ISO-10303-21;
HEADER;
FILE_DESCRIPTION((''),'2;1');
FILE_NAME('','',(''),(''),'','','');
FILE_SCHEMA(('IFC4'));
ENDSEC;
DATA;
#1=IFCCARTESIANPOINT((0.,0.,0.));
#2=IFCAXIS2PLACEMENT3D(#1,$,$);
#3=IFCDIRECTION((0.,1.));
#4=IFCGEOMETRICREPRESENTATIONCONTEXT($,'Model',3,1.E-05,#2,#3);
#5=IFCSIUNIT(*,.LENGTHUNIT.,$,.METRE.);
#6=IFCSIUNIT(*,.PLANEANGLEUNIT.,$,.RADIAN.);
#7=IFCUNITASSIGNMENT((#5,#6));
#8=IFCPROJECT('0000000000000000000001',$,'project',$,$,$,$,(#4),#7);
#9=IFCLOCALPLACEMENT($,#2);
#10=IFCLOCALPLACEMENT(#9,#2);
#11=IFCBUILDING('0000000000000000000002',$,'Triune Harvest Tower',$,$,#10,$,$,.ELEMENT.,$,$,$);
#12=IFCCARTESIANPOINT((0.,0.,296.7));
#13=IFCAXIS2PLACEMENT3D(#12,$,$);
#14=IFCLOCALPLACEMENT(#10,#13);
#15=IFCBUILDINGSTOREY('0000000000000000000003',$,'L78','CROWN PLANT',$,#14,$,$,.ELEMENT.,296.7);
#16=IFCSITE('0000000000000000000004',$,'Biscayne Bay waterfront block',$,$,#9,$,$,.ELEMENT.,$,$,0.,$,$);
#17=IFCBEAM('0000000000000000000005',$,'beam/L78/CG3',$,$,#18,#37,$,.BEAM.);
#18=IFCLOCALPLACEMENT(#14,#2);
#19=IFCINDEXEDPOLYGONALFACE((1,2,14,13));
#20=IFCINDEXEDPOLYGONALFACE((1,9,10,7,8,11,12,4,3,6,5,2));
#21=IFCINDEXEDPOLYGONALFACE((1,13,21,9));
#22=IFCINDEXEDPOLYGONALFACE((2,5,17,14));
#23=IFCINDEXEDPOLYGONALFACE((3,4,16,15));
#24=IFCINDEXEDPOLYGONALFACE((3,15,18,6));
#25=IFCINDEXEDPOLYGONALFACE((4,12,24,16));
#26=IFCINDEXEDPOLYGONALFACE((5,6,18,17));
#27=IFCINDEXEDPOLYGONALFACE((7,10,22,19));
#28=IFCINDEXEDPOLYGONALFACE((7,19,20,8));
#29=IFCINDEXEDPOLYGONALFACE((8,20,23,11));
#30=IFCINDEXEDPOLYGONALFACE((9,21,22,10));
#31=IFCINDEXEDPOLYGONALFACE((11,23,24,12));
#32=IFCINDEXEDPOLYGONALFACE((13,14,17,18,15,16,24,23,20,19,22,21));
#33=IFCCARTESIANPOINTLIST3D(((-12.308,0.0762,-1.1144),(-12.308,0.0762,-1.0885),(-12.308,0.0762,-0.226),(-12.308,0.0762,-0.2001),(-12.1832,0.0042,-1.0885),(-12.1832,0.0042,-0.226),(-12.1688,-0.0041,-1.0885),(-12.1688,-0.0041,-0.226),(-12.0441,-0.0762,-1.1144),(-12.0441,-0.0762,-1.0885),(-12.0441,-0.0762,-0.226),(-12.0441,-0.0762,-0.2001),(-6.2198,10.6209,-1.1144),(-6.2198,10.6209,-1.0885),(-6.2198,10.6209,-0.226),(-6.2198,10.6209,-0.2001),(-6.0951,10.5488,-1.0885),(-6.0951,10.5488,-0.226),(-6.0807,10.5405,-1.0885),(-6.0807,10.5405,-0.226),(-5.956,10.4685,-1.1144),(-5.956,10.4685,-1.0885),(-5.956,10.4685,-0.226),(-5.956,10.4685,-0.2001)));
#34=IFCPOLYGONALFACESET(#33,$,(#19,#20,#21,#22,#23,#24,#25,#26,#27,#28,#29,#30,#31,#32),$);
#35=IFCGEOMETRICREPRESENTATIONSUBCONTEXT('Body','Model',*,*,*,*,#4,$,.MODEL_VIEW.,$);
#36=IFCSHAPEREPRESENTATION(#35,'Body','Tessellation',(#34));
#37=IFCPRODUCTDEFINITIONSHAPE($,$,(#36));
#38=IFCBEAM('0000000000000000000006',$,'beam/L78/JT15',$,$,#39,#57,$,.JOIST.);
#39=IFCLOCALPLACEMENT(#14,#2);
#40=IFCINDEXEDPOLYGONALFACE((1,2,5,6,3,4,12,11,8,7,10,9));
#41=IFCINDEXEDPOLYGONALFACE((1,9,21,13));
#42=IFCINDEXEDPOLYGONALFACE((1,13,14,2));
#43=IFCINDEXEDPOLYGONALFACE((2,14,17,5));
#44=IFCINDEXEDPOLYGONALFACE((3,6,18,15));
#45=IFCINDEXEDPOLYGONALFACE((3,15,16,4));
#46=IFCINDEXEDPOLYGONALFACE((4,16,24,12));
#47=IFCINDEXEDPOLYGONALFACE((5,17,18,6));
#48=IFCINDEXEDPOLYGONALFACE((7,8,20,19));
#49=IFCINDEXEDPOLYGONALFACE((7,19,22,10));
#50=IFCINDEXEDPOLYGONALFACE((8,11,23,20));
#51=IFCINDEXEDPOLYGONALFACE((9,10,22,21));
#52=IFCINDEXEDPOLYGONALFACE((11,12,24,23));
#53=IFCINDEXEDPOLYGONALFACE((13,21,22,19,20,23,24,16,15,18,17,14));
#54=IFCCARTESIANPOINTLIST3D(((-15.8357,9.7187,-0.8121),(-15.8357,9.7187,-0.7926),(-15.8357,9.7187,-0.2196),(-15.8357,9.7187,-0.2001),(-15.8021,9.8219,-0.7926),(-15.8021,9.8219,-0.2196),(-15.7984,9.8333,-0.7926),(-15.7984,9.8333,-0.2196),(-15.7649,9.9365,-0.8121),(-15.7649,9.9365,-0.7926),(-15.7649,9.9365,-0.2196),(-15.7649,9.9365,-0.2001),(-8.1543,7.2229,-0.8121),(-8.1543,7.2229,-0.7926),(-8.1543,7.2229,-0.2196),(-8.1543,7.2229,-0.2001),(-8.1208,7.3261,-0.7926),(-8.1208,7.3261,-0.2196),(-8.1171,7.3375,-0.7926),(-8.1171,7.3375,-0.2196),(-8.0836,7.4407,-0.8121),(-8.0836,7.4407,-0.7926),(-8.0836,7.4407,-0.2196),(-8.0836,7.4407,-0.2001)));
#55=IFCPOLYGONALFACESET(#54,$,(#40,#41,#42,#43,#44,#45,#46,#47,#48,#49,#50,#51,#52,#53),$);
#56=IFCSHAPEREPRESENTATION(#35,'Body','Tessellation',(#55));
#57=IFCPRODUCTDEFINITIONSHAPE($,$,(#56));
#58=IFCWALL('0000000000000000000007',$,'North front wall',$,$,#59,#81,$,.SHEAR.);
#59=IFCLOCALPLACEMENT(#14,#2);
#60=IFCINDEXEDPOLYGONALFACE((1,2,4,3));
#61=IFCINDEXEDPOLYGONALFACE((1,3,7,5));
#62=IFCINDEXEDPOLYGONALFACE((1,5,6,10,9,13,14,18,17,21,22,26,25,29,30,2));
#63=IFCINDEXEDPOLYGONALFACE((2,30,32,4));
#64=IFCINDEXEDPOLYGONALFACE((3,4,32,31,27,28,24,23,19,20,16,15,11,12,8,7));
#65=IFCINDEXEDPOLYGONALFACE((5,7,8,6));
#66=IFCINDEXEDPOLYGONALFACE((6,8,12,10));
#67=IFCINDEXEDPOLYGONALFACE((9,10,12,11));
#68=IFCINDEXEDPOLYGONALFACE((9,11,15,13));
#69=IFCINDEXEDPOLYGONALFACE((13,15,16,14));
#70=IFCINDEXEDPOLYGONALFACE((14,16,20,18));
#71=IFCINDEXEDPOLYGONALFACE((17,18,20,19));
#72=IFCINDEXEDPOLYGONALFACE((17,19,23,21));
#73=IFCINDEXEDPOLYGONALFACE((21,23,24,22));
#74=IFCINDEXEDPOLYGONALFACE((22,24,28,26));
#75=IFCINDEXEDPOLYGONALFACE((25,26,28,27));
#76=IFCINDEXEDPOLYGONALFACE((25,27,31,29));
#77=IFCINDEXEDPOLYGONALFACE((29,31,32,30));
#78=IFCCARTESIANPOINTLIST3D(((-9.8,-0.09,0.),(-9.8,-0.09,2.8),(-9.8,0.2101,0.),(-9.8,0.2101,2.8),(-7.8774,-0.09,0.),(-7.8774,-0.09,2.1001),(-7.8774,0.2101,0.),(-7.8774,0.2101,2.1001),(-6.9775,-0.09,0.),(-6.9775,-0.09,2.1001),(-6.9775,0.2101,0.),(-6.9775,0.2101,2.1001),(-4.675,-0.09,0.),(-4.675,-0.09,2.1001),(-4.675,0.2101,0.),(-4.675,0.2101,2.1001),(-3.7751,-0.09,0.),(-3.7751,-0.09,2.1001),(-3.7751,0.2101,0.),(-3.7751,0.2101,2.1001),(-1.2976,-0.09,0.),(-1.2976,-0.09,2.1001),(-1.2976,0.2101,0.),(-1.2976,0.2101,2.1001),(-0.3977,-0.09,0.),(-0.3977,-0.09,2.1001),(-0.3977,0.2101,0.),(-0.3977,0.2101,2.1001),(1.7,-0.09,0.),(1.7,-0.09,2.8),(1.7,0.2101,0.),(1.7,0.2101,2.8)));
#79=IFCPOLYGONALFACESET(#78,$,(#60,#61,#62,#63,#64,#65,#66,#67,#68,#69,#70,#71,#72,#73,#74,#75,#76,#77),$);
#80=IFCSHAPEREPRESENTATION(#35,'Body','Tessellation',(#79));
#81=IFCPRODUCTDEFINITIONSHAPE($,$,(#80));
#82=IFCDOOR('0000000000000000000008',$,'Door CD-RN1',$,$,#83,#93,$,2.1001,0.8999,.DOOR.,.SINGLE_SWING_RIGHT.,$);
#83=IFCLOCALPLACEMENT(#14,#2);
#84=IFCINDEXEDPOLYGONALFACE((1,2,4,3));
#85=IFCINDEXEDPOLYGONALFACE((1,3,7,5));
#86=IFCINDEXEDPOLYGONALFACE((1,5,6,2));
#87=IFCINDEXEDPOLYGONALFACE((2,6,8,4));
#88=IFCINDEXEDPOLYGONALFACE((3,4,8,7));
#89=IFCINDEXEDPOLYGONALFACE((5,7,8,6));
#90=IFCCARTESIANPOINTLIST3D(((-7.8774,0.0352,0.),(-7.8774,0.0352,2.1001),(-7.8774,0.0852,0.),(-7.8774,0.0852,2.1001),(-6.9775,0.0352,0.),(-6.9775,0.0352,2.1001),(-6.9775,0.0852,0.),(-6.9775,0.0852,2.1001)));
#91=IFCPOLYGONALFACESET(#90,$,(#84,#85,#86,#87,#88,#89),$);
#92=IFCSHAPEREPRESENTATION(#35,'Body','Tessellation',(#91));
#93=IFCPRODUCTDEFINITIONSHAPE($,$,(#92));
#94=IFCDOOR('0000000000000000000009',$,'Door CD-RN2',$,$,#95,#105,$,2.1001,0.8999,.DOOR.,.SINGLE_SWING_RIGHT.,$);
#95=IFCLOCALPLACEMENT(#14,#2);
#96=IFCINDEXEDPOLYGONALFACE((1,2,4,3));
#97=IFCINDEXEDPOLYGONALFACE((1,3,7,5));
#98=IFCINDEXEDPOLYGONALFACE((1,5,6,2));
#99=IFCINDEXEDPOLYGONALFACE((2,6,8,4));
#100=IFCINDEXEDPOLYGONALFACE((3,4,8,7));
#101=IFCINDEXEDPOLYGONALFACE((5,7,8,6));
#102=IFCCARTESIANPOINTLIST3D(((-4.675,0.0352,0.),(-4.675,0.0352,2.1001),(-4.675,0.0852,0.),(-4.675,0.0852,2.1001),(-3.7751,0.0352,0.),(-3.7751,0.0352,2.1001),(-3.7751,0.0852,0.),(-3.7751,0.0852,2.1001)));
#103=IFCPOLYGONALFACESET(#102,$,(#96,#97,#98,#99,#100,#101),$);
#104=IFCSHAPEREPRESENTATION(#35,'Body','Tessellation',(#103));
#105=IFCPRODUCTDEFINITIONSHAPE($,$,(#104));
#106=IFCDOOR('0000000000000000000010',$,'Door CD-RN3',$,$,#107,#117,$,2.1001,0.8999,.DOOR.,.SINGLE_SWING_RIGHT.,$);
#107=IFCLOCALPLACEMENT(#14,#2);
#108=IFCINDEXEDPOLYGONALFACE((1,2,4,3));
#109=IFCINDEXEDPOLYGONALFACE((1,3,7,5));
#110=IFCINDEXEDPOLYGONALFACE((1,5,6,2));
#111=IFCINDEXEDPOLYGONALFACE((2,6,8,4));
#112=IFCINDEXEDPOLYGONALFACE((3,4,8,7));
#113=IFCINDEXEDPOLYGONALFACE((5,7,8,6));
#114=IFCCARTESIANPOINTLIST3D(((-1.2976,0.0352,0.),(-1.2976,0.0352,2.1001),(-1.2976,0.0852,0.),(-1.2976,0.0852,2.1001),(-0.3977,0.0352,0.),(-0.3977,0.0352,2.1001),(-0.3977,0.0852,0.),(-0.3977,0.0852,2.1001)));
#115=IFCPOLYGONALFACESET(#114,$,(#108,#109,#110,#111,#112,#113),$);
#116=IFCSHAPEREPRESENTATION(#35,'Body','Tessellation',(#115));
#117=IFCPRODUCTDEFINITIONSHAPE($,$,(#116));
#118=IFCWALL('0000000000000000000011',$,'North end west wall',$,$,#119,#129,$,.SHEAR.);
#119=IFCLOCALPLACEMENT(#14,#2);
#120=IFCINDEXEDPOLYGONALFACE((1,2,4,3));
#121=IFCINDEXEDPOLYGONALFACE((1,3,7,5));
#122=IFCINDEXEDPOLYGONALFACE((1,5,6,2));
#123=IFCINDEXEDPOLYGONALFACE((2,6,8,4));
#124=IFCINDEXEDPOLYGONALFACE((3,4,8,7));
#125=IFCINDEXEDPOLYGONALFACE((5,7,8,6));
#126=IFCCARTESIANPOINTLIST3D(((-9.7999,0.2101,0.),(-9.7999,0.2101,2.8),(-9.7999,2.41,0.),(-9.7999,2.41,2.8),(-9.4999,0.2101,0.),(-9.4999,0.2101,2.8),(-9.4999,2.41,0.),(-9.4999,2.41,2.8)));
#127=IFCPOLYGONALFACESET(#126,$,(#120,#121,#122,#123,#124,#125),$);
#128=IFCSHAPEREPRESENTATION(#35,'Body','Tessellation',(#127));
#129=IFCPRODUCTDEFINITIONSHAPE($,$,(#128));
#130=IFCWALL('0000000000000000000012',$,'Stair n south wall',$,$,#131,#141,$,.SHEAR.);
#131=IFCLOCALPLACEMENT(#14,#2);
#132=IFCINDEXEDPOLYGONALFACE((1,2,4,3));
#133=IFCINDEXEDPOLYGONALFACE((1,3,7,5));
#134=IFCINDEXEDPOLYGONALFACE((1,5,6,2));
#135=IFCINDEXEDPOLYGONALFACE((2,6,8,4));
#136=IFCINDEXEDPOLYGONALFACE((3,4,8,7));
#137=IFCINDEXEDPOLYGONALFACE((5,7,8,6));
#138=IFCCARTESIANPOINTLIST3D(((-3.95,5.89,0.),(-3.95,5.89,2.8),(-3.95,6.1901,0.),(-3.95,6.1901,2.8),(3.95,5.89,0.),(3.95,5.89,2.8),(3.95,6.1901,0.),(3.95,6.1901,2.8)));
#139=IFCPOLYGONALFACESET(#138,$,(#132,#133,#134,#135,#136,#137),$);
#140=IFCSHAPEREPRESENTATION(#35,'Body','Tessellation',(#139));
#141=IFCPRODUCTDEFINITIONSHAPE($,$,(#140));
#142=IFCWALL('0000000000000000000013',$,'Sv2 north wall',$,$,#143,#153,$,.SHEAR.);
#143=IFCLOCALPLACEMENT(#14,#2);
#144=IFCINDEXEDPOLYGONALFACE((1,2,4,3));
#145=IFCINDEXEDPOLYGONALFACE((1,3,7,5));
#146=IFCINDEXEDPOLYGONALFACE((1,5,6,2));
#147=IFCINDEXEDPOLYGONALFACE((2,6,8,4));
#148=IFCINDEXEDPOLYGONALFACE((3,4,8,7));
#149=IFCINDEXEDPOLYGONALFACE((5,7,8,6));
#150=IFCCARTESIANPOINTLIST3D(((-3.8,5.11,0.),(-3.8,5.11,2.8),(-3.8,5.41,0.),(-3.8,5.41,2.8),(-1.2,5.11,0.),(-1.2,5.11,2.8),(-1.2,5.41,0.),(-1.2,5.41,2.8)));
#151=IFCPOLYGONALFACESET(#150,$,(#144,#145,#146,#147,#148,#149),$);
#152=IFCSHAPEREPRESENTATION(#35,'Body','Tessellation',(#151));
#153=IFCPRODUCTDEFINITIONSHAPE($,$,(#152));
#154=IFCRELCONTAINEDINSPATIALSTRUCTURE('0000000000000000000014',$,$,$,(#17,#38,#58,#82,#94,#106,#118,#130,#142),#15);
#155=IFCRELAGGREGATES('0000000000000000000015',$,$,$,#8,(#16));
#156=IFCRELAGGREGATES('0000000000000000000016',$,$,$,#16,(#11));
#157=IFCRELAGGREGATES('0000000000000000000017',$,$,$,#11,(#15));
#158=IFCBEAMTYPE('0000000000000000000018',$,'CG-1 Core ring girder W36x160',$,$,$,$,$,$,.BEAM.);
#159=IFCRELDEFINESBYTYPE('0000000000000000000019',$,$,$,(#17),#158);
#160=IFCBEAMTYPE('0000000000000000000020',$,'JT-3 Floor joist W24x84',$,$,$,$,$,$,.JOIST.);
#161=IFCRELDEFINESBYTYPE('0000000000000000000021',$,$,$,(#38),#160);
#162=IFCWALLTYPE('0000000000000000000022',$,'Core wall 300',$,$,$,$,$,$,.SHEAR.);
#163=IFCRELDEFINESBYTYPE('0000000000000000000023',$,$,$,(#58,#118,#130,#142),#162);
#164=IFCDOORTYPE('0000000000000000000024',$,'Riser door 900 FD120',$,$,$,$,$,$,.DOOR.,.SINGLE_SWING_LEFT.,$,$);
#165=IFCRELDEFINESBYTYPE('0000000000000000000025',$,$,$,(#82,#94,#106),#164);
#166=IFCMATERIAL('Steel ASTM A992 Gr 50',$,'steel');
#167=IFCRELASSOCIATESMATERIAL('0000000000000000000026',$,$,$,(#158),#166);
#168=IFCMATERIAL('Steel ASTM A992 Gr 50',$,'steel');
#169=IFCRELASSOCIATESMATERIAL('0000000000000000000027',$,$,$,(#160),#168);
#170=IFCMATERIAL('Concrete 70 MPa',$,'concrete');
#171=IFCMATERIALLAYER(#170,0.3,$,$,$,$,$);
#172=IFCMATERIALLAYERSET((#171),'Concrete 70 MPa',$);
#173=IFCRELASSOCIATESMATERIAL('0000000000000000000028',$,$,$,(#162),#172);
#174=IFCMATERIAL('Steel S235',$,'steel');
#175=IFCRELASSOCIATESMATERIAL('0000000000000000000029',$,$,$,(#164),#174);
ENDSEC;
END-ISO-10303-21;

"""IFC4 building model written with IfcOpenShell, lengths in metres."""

from ifc_helpers import new_model, si_unit, direction, frame, frame_2d, origin, origin_2d, place, context, subcontext, project, spatial, rectangle, i_section, extrude, source, transform, mapped, material, layer, layer_set, material_profile, profile_set, type_object, element, fill, save


model = new_model("IFC4")

# Units and contexts
model_context = context("Model", 3, precision=1e-05, world=origin(), true_north=direction((0.0, 1.0)))
body_context = subcontext(model_context, "Body", "Model", "MODEL_VIEW")
ifc_project = project(units=[si_unit("LENGTHUNIT", "METRE"), si_unit("PLANEANGLEUNIT", "RADIAN")], contexts=[model_context])

# Site, building, storey
site_placement = place(None, origin())
site = spatial("IfcSite", under=ifc_project, at=site_placement, Name="Biscayne Bay waterfront block", CompositionType="ELEMENT", RefElevation=0.0)
building_placement = place(site_placement, origin())
building = spatial("IfcBuilding", under=site, at=building_placement, Name="Triune Harvest Tower", CompositionType="ELEMENT")
storey_placement = place(building_placement, frame((0.0, 0.0, 296.7)))
storey = spatial("IfcBuildingStorey", under=building, at=storey_placement, Name="L78", Description="CROWN PLANT", CompositionType="ELEMENT", Elevation=296.7)

# Beams
ifc_material_1 = material(Name="Steel ASTM A992 Gr 50", Category="steel")
ifc_material_profile_1 = material_profile(ifc_material_1, i_section(OverallWidth=0.3047, OverallDepth=0.9143, WebThickness=0.0166, FlangeThickness=0.0259, at=origin_2d()), Name="W36x160")
ifc_profile_set_1 = profile_set([ifc_material_profile_1], Name="Steel ASTM A992 Gr 50")
beam_type_1 = type_object("IfcBeamType", Name="CG-1 Core ring girder W36x160", PredefinedType="BEAM", material=ifc_profile_set_1)
shared_shape_1 = source(origin(), body_context, "Body", "SweptSolid", [
    extrude(i_section(OverallWidth=0.3047, OverallDepth=0.9143, WebThickness=0.0166, FlangeThickness=0.0259, at=origin_2d()), origin(), (0.0, 0.0, 1.0), 12.176),
])
beam_1_placement = place(storey_placement, frame((-6.0879, 10.5447, -0.6572), z_axis=(-0.50001, -0.86602, 0.0), x_axis=(0.86602, -0.50001, 0.0)))
element("IfcBeam", 1, at=beam_1_placement, inside=storey, type_object=beam_type_1, Name="beam/L78/CG3", PredefinedType="BEAM", context=body_context, shape_type="MappedRepresentation", body=[
    mapped(shared_shape_1, transform((0.0, 0.0, 0.0), scale=1.0)),
])
ifc_material_2 = material(Name="Steel ASTM A992 Gr 50", Category="steel")
ifc_material_profile_2 = material_profile(ifc_material_2, i_section(OverallWidth=0.229, OverallDepth=0.6121, WebThickness=0.012, FlangeThickness=0.0195, at=origin_2d()), Name="W24x84")
ifc_profile_set_2 = profile_set([ifc_material_profile_2], Name="Steel ASTM A992 Gr 50")
beam_type_2 = type_object("IfcBeamType", Name="JT-3 Floor joist W24x84", PredefinedType="JOIST", material=ifc_profile_set_2)
shared_shape_2 = source(origin(), body_context, "Body", "SweptSolid", [
    extrude(i_section(OverallWidth=0.229, OverallDepth=0.6121, WebThickness=0.012, FlangeThickness=0.0195, at=origin_2d()), origin(), (0.0, 0.0, 1.0), 8.0767),
])
beam_2_placement = place(storey_placement, frame((-15.8003, 9.8276, -0.5061), z_axis=(0.951056, -0.309018, 0.0), x_axis=(0.309018, 0.951056, 0.0)))
element("IfcBeam", 2, at=beam_2_placement, inside=storey, type_object=beam_type_2, Name="beam/L78/JT15", PredefinedType="JOIST", context=body_context, shape_type="MappedRepresentation", body=[
    mapped(shared_shape_2, transform((0.0, 0.0, 0.0), scale=1.0)),
])

# Wall, openings, doors
ifc_material_3 = material(Name="Concrete 70 MPa", Category="concrete")
ifc_layer_1 = layer(ifc_material_3, 0.3)
ifc_layer_set_1 = layer_set([ifc_layer_1], Name="Concrete 70 MPa")
wall_type_1 = type_object("IfcWallType", Name="Core wall 300", PredefinedType="SHEAR", material=ifc_layer_set_1)
wall_1_placement = place(storey_placement, frame((-9.8, 0.0601, 0.0), z_axis=(0.0, 0.0, 1.0), x_axis=(1.0, 0.0, 0.0)))
wall_1 = element("IfcWall", 3, at=wall_1_placement, inside=storey, type_object=wall_type_1, Name="North front wall", PredefinedType="SHEAR", context=body_context, shape_type="SweptSolid", body=[
    extrude(rectangle(XDim=11.5, YDim=0.3, at=frame_2d((5.75, 0.0))), origin(), (0.0, 0.0, 1.0), 2.8),
])
opening_1_placement = place(wall_1_placement, frame((1.9226, 0.0, 0.0)))
opening_1 = element("IfcOpeningElement", 4, at=opening_1_placement, cuts=wall_1, PredefinedType="OPENING", context=body_context, shape_type="SweptSolid", body=[
    extrude(rectangle(XDim=0.8999, YDim=2.1001, at=frame_2d((0.45, 1.05))), frame((0.0, 0.1602, 0.0), z_axis=(0.0, -1.0, 0.0), x_axis=(1.0, 0.0, 0.0)), (0.0, 0.0, 1.0), 0.3201),
])
opening_2_placement = place(wall_1_placement, frame((5.125, 0.0, 0.0)))
opening_2 = element("IfcOpeningElement", 5, at=opening_2_placement, cuts=wall_1, PredefinedType="OPENING", context=body_context, shape_type="SweptSolid", body=[
    extrude(rectangle(XDim=0.8999, YDim=2.1001, at=frame_2d((0.45, 1.05))), frame((0.0, 0.1602, 0.0), z_axis=(0.0, -1.0, 0.0), x_axis=(1.0, 0.0, 0.0)), (0.0, 0.0, 1.0), 0.3201),
])
opening_3_placement = place(wall_1_placement, frame((8.5024, 0.0, 0.0)))
opening_3 = element("IfcOpeningElement", 6, at=opening_3_placement, cuts=wall_1, PredefinedType="OPENING", context=body_context, shape_type="SweptSolid", body=[
    extrude(rectangle(XDim=0.8999, YDim=2.1001, at=frame_2d((0.45, 1.05))), frame((0.0, 0.1602, 0.0), z_axis=(0.0, -1.0, 0.0), x_axis=(1.0, 0.0, 0.0)), (0.0, 0.0, 1.0), 0.3201),
])
ifc_material_4 = material(Name="Steel S235", Category="steel")
door_type_1 = type_object("IfcDoorType", Name="Riser door 900 FD120", OperationType="SINGLE_SWING_LEFT", PredefinedType="DOOR", material=ifc_material_4)
door_1_placement = place(opening_1_placement, frame((0.8999, 0.0, 0.0), z_axis=(0.0, 0.0, 1.0), x_axis=(-1.0, 0.0, 0.0)))
door_1 = element("IfcDoor", 7, at=door_1_placement, inside=storey, type_object=door_type_1, Name="Door CD-RN1", OperationType="SINGLE_SWING_RIGHT", OverallHeight=2.1001, OverallWidth=0.8999, PredefinedType="DOOR", context=body_context, shape_type="SweptSolid", body=[
    extrude(rectangle(XDim=0.8999, YDim=2.1001, at=frame_2d((0.45, 1.05))), frame((0.0, 0.0249, 0.0), z_axis=(0.0, -1.0, 0.0), x_axis=(1.0, 0.0, 0.0)), (0.0, 0.0, 1.0), 0.05),
])
fill(opening_1, door_1)
door_2_placement = place(opening_2_placement, frame((0.8999, 0.0, 0.0), z_axis=(0.0, 0.0, 1.0), x_axis=(-1.0, 0.0, 0.0)))
door_2 = element("IfcDoor", 8, at=door_2_placement, inside=storey, type_object=door_type_1, Name="Door CD-RN2", OperationType="SINGLE_SWING_RIGHT", OverallHeight=2.1001, OverallWidth=0.8999, PredefinedType="DOOR", context=body_context, shape_type="SweptSolid", body=[
    extrude(rectangle(XDim=0.8999, YDim=2.1001, at=frame_2d((0.45, 1.05))), frame((0.0, 0.0249, 0.0), z_axis=(0.0, -1.0, 0.0), x_axis=(1.0, 0.0, 0.0)), (0.0, 0.0, 1.0), 0.05),
])
fill(opening_2, door_2)
door_3_placement = place(opening_3_placement, frame((0.8999, 0.0, 0.0), z_axis=(0.0, 0.0, 1.0), x_axis=(-1.0, 0.0, 0.0)))
door_3 = element("IfcDoor", 9, at=door_3_placement, inside=storey, type_object=door_type_1, Name="Door CD-RN3", OperationType="SINGLE_SWING_RIGHT", OverallHeight=2.1001, OverallWidth=0.8999, PredefinedType="DOOR", context=body_context, shape_type="SweptSolid", body=[
    extrude(rectangle(XDim=0.8999, YDim=2.1001, at=frame_2d((0.45, 1.05))), frame((0.0, 0.0249, 0.0), z_axis=(0.0, -1.0, 0.0), x_axis=(1.0, 0.0, 0.0)), (0.0, 0.0, 1.0), 0.05),
])
fill(opening_3, door_3)

# Walls
wall_2_placement = place(storey_placement, frame((-9.6499, 0.21, 0.0), z_axis=(0.0, 0.0, 1.0), x_axis=(0.0, 1.0, 0.0)))
element("IfcWall", 10, at=wall_2_placement, inside=storey, type_object=wall_type_1, Name="North end west wall", PredefinedType="SHEAR", context=body_context, shape_type="SweptSolid", body=[
    extrude(rectangle(XDim=2.2, YDim=0.3, at=frame_2d((1.1001, 0.0))), origin(), (0.0, 0.0, 1.0), 2.8),
])
wall_3_placement = place(storey_placement, frame((-3.95, 6.04, 0.0), z_axis=(0.0, 0.0, 1.0), x_axis=(1.0, 0.0, 0.0)))
element("IfcWall", 11, at=wall_3_placement, inside=storey, type_object=wall_type_1, Name="Stair n south wall", PredefinedType="SHEAR", context=body_context, shape_type="SweptSolid", body=[
    extrude(rectangle(XDim=7.8999, YDim=0.3, at=frame_2d((3.95, 0.0))), origin(), (0.0, 0.0, 1.0), 2.8),
])
wall_4_placement = place(storey_placement, frame((-3.8, 5.26, 0.0), z_axis=(0.0, 0.0, 1.0), x_axis=(1.0, 0.0, 0.0)))
element("IfcWall", 12, at=wall_4_placement, inside=storey, type_object=wall_type_1, Name="Sv2 north wall", PredefinedType="SHEAR", context=body_context, shape_type="SweptSolid", body=[
    extrude(rectangle(XDim=2.6001, YDim=0.3, at=frame_2d((1.3, 0.0))), origin(), (0.0, 0.0, 1.0), 2.8),
])

save(model, "model.ifc")
